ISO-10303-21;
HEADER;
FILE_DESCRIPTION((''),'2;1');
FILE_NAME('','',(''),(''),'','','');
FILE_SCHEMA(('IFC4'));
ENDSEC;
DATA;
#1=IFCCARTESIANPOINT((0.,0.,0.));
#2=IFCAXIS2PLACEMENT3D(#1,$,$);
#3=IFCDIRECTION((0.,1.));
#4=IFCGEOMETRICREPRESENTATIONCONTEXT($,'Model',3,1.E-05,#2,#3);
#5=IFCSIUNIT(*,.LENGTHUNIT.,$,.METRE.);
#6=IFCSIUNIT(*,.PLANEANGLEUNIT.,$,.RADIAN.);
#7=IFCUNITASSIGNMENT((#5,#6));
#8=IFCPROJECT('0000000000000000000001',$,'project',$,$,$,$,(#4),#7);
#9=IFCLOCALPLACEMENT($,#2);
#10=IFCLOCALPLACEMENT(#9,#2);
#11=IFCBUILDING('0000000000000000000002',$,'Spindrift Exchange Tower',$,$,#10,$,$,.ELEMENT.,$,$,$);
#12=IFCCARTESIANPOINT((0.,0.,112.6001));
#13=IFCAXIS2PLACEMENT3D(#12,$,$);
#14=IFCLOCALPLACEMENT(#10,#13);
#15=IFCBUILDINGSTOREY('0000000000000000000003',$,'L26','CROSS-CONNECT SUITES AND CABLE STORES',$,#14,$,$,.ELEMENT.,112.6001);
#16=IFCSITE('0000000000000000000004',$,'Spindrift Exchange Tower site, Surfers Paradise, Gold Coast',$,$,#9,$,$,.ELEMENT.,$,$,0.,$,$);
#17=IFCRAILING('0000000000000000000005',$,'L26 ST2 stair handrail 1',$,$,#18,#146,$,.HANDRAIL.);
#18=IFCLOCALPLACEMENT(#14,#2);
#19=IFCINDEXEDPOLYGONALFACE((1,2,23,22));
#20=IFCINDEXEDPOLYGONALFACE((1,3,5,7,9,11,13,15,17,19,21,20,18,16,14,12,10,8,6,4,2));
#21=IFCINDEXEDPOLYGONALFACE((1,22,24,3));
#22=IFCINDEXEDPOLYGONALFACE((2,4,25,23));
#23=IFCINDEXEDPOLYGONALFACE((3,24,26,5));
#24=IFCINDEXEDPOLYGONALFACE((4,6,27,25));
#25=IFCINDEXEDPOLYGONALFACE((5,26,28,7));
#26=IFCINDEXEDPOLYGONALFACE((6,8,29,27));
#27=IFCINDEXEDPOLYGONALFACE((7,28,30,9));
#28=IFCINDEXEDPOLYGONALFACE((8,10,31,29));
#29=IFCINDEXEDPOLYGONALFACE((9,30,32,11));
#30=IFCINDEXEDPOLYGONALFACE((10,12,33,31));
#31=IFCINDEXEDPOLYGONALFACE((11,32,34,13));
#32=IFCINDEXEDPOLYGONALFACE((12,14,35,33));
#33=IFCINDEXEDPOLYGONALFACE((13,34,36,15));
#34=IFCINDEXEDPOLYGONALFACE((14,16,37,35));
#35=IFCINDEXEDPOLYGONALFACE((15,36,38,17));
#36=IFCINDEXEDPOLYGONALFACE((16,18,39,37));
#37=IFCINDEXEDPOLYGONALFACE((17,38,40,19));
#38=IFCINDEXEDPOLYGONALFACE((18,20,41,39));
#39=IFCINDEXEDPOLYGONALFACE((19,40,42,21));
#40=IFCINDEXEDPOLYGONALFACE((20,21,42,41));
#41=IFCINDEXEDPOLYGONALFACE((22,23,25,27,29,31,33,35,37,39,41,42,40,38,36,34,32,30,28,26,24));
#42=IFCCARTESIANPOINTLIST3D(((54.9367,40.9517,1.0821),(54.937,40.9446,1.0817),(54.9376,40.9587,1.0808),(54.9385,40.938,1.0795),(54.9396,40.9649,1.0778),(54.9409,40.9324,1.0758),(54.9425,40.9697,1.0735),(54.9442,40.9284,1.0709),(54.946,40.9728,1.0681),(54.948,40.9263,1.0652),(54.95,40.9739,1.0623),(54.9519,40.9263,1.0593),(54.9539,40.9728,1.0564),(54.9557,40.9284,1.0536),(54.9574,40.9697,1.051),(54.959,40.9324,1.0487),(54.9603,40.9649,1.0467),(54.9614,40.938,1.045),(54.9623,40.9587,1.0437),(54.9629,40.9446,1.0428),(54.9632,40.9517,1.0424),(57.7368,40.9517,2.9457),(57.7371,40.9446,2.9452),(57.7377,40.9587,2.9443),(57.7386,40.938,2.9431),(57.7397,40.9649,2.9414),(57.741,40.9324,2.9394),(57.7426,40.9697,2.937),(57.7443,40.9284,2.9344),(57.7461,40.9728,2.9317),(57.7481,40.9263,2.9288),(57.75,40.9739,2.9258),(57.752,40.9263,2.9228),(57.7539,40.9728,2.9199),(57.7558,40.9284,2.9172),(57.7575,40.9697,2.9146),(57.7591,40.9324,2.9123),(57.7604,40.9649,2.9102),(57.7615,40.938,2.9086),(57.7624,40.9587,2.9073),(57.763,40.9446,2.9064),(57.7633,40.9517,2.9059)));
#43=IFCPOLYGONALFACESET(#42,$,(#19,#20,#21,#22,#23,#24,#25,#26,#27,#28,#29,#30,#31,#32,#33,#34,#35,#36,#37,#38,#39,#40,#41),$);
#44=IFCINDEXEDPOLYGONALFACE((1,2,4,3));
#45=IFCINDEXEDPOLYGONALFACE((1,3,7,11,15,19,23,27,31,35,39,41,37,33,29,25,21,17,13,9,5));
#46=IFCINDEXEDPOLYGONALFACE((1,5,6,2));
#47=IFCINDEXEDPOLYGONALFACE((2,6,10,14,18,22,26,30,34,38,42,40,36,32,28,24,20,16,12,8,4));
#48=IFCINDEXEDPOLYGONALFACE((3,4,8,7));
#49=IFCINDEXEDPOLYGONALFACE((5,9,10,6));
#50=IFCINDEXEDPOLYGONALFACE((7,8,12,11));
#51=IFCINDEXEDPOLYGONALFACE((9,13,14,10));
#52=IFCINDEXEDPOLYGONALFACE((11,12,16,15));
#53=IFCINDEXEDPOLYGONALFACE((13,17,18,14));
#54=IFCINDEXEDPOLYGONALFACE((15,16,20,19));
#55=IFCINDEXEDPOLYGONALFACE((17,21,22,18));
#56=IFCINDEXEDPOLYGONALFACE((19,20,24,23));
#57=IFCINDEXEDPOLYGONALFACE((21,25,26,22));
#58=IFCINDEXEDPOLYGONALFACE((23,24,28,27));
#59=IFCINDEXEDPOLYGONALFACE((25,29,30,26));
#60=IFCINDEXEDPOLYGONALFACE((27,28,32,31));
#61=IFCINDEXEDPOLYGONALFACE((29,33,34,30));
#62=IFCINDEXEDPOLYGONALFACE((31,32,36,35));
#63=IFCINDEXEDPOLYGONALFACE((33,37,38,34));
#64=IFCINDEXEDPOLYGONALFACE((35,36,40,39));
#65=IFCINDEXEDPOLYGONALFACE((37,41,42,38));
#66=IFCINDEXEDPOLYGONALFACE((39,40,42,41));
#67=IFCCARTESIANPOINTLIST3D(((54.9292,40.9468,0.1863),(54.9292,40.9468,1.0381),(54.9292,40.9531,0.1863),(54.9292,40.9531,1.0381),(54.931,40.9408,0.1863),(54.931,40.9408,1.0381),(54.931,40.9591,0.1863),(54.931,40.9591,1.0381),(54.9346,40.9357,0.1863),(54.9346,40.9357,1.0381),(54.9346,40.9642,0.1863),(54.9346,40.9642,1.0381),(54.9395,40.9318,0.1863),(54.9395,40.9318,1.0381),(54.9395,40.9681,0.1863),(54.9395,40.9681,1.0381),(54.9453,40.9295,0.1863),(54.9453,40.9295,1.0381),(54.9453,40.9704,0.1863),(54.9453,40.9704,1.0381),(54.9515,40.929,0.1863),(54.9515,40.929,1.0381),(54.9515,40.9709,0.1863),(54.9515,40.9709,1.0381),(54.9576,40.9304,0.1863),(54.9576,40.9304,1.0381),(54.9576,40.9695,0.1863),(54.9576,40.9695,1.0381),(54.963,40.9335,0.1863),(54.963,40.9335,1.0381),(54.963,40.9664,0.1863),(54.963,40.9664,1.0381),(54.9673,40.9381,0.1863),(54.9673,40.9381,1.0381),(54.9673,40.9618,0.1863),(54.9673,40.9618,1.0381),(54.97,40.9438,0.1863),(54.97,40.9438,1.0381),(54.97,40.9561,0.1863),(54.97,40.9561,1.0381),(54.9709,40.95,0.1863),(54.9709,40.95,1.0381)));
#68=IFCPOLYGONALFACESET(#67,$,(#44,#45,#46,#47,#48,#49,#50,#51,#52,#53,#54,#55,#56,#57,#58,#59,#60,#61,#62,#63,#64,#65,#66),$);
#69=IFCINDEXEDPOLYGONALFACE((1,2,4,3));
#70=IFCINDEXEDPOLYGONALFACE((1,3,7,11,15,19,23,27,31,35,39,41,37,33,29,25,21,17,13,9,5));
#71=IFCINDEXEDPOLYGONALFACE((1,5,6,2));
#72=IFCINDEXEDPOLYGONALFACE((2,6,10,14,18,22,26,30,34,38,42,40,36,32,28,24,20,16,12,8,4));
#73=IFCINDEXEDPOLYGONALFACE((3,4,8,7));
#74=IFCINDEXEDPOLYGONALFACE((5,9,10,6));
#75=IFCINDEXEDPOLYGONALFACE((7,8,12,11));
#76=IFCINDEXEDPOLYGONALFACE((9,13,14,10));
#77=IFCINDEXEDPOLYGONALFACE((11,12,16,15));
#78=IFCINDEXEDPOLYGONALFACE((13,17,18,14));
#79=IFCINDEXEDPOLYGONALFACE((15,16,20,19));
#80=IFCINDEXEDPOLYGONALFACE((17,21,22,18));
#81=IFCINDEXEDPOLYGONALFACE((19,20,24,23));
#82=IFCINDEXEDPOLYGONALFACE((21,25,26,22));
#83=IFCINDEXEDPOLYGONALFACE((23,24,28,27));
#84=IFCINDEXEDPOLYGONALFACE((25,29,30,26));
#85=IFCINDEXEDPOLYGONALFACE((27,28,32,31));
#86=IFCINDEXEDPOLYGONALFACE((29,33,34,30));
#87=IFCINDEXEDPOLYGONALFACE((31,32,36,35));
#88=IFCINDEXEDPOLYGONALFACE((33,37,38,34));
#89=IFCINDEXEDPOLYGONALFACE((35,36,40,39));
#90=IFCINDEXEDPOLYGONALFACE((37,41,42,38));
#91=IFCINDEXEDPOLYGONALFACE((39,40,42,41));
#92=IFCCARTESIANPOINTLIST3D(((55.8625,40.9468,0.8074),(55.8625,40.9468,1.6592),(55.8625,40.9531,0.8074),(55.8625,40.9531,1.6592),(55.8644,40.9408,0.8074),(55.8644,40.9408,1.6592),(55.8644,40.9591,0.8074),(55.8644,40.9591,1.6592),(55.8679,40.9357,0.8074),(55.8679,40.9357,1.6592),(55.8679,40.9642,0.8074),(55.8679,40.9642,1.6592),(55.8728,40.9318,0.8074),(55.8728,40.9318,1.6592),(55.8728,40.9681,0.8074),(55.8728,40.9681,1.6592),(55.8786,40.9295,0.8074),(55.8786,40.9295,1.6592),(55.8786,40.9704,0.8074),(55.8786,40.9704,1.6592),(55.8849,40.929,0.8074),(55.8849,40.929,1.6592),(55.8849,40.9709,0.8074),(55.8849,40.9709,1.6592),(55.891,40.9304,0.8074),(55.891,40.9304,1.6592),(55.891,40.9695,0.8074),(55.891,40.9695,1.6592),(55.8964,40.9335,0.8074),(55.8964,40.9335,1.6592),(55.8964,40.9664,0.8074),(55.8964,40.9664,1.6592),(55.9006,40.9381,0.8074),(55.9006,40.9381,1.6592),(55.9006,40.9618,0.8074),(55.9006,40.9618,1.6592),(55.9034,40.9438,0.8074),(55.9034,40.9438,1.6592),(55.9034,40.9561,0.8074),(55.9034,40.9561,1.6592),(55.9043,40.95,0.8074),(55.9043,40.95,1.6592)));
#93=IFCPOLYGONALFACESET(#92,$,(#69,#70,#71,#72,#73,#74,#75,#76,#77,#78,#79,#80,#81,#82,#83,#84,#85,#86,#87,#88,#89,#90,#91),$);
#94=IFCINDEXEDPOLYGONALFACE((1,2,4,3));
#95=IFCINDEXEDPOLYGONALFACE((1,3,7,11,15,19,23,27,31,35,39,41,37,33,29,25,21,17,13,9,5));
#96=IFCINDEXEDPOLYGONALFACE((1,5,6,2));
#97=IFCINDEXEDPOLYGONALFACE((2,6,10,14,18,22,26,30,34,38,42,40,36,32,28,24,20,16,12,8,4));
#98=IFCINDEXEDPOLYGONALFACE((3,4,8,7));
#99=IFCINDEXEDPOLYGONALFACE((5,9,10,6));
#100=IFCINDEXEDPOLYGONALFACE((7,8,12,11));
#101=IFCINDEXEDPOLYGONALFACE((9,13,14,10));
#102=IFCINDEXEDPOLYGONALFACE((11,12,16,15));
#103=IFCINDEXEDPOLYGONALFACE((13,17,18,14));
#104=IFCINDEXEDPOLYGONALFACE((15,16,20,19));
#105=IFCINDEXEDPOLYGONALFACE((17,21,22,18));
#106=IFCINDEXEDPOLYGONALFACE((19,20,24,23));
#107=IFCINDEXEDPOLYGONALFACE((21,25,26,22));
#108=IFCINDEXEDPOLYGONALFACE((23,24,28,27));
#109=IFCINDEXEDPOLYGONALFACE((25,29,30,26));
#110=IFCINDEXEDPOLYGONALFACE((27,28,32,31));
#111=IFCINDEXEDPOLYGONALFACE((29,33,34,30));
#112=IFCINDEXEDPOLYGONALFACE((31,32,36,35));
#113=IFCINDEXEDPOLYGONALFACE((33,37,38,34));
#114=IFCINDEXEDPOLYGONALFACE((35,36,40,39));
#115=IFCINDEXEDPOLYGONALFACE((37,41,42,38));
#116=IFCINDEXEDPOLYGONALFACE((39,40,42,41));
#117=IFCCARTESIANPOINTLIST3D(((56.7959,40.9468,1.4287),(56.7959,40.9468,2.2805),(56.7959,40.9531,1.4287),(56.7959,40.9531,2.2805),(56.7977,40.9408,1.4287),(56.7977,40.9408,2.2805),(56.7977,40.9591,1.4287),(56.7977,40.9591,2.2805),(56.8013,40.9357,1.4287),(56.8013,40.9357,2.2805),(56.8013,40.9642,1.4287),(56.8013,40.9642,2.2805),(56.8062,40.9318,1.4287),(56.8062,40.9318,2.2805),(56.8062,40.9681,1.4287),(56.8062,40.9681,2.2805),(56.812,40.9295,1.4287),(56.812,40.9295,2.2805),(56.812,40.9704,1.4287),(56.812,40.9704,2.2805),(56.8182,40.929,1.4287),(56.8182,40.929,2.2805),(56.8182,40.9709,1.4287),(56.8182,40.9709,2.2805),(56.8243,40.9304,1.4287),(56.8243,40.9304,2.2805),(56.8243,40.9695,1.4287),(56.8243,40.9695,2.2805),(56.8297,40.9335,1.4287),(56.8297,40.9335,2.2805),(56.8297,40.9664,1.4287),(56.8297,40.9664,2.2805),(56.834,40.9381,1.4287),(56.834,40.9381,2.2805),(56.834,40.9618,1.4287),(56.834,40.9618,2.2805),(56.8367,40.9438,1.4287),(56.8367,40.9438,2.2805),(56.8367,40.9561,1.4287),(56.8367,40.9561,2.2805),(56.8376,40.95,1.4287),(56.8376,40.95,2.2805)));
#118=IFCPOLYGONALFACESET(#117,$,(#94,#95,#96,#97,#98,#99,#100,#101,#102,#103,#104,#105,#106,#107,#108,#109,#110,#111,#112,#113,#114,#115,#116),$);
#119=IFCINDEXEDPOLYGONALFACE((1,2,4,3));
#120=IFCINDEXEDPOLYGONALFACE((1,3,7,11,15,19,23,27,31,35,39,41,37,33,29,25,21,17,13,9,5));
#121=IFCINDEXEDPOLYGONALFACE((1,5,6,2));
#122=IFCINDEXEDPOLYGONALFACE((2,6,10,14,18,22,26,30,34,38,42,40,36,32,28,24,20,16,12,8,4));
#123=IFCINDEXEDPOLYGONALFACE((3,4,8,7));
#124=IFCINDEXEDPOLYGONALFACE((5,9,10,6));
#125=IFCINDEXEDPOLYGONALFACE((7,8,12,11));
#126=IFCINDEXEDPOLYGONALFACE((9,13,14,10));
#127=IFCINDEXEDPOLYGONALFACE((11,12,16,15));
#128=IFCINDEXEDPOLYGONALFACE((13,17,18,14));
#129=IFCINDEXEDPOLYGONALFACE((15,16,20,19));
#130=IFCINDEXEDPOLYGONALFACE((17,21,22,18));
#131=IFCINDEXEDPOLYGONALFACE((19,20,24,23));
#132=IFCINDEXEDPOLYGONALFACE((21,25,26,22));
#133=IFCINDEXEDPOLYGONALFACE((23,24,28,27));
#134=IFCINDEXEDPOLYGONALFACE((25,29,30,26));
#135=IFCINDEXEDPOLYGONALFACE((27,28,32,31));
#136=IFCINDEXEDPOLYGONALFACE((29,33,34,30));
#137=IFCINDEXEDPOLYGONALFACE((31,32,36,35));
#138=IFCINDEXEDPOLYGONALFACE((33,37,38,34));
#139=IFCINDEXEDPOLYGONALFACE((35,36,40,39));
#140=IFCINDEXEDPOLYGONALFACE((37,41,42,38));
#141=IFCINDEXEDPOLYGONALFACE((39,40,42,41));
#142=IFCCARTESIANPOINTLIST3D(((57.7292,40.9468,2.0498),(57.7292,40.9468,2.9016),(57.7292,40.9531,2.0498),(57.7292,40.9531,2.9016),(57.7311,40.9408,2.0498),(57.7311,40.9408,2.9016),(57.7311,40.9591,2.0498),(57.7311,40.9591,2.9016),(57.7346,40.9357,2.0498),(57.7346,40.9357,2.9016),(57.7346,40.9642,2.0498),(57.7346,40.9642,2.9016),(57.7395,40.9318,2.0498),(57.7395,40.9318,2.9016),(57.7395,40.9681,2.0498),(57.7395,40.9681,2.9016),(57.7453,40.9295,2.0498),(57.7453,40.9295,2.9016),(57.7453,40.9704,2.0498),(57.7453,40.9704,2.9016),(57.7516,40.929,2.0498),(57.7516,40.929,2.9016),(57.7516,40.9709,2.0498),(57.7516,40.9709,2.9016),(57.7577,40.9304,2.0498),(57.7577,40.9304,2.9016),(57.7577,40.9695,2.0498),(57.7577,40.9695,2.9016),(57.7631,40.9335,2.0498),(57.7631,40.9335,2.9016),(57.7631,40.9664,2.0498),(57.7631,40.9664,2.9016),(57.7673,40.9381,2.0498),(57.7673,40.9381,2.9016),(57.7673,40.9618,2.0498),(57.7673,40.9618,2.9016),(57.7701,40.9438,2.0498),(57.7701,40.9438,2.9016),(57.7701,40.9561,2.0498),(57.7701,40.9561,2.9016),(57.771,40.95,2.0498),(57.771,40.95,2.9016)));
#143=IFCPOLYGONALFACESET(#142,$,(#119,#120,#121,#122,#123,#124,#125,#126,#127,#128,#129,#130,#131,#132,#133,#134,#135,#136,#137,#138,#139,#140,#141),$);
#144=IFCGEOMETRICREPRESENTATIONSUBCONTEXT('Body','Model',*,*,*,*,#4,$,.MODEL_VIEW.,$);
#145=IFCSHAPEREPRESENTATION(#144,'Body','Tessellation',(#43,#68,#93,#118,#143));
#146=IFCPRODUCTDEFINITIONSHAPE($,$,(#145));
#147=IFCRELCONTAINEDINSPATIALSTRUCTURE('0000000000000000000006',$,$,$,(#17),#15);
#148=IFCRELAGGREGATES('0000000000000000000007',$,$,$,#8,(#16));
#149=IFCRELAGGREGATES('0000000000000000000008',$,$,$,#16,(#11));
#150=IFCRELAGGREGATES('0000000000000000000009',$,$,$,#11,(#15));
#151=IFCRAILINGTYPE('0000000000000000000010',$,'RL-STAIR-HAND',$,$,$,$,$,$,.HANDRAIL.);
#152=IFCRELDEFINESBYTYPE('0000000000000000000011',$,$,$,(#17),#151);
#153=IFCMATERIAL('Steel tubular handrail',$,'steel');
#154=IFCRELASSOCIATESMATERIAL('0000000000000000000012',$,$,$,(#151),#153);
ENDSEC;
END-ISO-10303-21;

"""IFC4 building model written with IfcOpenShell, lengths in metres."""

from ifc_helpers import new_model, si_unit, direction, frame, origin, origin_2d, place, context, subcontext, project, spatial, circle, extrude, material, type_object, element, save


model = new_model("IFC4")

# Units and contexts
model_context = context("Model", 3, precision=1e-05, world=origin(), true_north=direction((0.0, 1.0)))
body_context = subcontext(model_context, "Body", "Model", "MODEL_VIEW")
ifc_project = project(units=[si_unit("LENGTHUNIT", "METRE"), si_unit("PLANEANGLEUNIT", "RADIAN")], contexts=[model_context])

# Site, building, storey
site_placement = place(None, origin())
site = spatial("IfcSite", under=ifc_project, at=site_placement, Name="Spindrift Exchange Tower site, Surfers Paradise, Gold Coast", CompositionType="ELEMENT", RefElevation=0.0)
building_placement = place(site_placement, origin())
building = spatial("IfcBuilding", under=site, at=building_placement, Name="Spindrift Exchange Tower", CompositionType="ELEMENT")
storey_placement = place(building_placement, frame((0.0, 0.0, 112.6001)))
storey = spatial("IfcBuildingStorey", under=building, at=storey_placement, Name="L26", Description="CROSS-CONNECT SUITES AND CABLE STORES", CompositionType="ELEMENT", Elevation=112.6001)

# Railing
ifc_material_1 = material(Name="Steel tubular handrail", Category="steel")
railing_type_1 = type_object("IfcRailingType", Name="RL-STAIR-HAND", PredefinedType="HANDRAIL", material=ifc_material_1)
railing_1_placement = place(storey_placement, frame((54.95, 40.95, 0.1863)))
element("IfcRailing", 1, at=railing_1_placement, inside=storey, type_object=railing_type_1, Name="L26 ST2 stair handrail 1", PredefinedType="HANDRAIL", context=body_context, shape_type="SweptSolid", body=[
    extrude(circle(Radius=0.0239, at=origin_2d()), frame((0.0, 0.0, 0.876), z_axis=(0.832486, 0.0, 0.554047), x_axis=(0.0, 1.0, 0.0)), (0.0, 0.0, 1.0), 3.3635),
    extrude(circle(Radius=0.021, at=origin_2d()), origin(), (0.0, 0.0, 1.0), 0.8518),
    extrude(circle(Radius=0.021, at=origin_2d()), frame((0.9333, 0.0, 0.6211)), (0.0, 0.0, 1.0), 0.8518),
    extrude(circle(Radius=0.021, at=origin_2d()), frame((1.8667, 0.0, 1.2424)), (0.0, 0.0, 1.0), 0.8518),
    extrude(circle(Radius=0.021, at=origin_2d()), frame((2.8, 0.0, 1.8635)), (0.0, 0.0, 1.0), 0.8518),
])

save(model, "model.ifc")
